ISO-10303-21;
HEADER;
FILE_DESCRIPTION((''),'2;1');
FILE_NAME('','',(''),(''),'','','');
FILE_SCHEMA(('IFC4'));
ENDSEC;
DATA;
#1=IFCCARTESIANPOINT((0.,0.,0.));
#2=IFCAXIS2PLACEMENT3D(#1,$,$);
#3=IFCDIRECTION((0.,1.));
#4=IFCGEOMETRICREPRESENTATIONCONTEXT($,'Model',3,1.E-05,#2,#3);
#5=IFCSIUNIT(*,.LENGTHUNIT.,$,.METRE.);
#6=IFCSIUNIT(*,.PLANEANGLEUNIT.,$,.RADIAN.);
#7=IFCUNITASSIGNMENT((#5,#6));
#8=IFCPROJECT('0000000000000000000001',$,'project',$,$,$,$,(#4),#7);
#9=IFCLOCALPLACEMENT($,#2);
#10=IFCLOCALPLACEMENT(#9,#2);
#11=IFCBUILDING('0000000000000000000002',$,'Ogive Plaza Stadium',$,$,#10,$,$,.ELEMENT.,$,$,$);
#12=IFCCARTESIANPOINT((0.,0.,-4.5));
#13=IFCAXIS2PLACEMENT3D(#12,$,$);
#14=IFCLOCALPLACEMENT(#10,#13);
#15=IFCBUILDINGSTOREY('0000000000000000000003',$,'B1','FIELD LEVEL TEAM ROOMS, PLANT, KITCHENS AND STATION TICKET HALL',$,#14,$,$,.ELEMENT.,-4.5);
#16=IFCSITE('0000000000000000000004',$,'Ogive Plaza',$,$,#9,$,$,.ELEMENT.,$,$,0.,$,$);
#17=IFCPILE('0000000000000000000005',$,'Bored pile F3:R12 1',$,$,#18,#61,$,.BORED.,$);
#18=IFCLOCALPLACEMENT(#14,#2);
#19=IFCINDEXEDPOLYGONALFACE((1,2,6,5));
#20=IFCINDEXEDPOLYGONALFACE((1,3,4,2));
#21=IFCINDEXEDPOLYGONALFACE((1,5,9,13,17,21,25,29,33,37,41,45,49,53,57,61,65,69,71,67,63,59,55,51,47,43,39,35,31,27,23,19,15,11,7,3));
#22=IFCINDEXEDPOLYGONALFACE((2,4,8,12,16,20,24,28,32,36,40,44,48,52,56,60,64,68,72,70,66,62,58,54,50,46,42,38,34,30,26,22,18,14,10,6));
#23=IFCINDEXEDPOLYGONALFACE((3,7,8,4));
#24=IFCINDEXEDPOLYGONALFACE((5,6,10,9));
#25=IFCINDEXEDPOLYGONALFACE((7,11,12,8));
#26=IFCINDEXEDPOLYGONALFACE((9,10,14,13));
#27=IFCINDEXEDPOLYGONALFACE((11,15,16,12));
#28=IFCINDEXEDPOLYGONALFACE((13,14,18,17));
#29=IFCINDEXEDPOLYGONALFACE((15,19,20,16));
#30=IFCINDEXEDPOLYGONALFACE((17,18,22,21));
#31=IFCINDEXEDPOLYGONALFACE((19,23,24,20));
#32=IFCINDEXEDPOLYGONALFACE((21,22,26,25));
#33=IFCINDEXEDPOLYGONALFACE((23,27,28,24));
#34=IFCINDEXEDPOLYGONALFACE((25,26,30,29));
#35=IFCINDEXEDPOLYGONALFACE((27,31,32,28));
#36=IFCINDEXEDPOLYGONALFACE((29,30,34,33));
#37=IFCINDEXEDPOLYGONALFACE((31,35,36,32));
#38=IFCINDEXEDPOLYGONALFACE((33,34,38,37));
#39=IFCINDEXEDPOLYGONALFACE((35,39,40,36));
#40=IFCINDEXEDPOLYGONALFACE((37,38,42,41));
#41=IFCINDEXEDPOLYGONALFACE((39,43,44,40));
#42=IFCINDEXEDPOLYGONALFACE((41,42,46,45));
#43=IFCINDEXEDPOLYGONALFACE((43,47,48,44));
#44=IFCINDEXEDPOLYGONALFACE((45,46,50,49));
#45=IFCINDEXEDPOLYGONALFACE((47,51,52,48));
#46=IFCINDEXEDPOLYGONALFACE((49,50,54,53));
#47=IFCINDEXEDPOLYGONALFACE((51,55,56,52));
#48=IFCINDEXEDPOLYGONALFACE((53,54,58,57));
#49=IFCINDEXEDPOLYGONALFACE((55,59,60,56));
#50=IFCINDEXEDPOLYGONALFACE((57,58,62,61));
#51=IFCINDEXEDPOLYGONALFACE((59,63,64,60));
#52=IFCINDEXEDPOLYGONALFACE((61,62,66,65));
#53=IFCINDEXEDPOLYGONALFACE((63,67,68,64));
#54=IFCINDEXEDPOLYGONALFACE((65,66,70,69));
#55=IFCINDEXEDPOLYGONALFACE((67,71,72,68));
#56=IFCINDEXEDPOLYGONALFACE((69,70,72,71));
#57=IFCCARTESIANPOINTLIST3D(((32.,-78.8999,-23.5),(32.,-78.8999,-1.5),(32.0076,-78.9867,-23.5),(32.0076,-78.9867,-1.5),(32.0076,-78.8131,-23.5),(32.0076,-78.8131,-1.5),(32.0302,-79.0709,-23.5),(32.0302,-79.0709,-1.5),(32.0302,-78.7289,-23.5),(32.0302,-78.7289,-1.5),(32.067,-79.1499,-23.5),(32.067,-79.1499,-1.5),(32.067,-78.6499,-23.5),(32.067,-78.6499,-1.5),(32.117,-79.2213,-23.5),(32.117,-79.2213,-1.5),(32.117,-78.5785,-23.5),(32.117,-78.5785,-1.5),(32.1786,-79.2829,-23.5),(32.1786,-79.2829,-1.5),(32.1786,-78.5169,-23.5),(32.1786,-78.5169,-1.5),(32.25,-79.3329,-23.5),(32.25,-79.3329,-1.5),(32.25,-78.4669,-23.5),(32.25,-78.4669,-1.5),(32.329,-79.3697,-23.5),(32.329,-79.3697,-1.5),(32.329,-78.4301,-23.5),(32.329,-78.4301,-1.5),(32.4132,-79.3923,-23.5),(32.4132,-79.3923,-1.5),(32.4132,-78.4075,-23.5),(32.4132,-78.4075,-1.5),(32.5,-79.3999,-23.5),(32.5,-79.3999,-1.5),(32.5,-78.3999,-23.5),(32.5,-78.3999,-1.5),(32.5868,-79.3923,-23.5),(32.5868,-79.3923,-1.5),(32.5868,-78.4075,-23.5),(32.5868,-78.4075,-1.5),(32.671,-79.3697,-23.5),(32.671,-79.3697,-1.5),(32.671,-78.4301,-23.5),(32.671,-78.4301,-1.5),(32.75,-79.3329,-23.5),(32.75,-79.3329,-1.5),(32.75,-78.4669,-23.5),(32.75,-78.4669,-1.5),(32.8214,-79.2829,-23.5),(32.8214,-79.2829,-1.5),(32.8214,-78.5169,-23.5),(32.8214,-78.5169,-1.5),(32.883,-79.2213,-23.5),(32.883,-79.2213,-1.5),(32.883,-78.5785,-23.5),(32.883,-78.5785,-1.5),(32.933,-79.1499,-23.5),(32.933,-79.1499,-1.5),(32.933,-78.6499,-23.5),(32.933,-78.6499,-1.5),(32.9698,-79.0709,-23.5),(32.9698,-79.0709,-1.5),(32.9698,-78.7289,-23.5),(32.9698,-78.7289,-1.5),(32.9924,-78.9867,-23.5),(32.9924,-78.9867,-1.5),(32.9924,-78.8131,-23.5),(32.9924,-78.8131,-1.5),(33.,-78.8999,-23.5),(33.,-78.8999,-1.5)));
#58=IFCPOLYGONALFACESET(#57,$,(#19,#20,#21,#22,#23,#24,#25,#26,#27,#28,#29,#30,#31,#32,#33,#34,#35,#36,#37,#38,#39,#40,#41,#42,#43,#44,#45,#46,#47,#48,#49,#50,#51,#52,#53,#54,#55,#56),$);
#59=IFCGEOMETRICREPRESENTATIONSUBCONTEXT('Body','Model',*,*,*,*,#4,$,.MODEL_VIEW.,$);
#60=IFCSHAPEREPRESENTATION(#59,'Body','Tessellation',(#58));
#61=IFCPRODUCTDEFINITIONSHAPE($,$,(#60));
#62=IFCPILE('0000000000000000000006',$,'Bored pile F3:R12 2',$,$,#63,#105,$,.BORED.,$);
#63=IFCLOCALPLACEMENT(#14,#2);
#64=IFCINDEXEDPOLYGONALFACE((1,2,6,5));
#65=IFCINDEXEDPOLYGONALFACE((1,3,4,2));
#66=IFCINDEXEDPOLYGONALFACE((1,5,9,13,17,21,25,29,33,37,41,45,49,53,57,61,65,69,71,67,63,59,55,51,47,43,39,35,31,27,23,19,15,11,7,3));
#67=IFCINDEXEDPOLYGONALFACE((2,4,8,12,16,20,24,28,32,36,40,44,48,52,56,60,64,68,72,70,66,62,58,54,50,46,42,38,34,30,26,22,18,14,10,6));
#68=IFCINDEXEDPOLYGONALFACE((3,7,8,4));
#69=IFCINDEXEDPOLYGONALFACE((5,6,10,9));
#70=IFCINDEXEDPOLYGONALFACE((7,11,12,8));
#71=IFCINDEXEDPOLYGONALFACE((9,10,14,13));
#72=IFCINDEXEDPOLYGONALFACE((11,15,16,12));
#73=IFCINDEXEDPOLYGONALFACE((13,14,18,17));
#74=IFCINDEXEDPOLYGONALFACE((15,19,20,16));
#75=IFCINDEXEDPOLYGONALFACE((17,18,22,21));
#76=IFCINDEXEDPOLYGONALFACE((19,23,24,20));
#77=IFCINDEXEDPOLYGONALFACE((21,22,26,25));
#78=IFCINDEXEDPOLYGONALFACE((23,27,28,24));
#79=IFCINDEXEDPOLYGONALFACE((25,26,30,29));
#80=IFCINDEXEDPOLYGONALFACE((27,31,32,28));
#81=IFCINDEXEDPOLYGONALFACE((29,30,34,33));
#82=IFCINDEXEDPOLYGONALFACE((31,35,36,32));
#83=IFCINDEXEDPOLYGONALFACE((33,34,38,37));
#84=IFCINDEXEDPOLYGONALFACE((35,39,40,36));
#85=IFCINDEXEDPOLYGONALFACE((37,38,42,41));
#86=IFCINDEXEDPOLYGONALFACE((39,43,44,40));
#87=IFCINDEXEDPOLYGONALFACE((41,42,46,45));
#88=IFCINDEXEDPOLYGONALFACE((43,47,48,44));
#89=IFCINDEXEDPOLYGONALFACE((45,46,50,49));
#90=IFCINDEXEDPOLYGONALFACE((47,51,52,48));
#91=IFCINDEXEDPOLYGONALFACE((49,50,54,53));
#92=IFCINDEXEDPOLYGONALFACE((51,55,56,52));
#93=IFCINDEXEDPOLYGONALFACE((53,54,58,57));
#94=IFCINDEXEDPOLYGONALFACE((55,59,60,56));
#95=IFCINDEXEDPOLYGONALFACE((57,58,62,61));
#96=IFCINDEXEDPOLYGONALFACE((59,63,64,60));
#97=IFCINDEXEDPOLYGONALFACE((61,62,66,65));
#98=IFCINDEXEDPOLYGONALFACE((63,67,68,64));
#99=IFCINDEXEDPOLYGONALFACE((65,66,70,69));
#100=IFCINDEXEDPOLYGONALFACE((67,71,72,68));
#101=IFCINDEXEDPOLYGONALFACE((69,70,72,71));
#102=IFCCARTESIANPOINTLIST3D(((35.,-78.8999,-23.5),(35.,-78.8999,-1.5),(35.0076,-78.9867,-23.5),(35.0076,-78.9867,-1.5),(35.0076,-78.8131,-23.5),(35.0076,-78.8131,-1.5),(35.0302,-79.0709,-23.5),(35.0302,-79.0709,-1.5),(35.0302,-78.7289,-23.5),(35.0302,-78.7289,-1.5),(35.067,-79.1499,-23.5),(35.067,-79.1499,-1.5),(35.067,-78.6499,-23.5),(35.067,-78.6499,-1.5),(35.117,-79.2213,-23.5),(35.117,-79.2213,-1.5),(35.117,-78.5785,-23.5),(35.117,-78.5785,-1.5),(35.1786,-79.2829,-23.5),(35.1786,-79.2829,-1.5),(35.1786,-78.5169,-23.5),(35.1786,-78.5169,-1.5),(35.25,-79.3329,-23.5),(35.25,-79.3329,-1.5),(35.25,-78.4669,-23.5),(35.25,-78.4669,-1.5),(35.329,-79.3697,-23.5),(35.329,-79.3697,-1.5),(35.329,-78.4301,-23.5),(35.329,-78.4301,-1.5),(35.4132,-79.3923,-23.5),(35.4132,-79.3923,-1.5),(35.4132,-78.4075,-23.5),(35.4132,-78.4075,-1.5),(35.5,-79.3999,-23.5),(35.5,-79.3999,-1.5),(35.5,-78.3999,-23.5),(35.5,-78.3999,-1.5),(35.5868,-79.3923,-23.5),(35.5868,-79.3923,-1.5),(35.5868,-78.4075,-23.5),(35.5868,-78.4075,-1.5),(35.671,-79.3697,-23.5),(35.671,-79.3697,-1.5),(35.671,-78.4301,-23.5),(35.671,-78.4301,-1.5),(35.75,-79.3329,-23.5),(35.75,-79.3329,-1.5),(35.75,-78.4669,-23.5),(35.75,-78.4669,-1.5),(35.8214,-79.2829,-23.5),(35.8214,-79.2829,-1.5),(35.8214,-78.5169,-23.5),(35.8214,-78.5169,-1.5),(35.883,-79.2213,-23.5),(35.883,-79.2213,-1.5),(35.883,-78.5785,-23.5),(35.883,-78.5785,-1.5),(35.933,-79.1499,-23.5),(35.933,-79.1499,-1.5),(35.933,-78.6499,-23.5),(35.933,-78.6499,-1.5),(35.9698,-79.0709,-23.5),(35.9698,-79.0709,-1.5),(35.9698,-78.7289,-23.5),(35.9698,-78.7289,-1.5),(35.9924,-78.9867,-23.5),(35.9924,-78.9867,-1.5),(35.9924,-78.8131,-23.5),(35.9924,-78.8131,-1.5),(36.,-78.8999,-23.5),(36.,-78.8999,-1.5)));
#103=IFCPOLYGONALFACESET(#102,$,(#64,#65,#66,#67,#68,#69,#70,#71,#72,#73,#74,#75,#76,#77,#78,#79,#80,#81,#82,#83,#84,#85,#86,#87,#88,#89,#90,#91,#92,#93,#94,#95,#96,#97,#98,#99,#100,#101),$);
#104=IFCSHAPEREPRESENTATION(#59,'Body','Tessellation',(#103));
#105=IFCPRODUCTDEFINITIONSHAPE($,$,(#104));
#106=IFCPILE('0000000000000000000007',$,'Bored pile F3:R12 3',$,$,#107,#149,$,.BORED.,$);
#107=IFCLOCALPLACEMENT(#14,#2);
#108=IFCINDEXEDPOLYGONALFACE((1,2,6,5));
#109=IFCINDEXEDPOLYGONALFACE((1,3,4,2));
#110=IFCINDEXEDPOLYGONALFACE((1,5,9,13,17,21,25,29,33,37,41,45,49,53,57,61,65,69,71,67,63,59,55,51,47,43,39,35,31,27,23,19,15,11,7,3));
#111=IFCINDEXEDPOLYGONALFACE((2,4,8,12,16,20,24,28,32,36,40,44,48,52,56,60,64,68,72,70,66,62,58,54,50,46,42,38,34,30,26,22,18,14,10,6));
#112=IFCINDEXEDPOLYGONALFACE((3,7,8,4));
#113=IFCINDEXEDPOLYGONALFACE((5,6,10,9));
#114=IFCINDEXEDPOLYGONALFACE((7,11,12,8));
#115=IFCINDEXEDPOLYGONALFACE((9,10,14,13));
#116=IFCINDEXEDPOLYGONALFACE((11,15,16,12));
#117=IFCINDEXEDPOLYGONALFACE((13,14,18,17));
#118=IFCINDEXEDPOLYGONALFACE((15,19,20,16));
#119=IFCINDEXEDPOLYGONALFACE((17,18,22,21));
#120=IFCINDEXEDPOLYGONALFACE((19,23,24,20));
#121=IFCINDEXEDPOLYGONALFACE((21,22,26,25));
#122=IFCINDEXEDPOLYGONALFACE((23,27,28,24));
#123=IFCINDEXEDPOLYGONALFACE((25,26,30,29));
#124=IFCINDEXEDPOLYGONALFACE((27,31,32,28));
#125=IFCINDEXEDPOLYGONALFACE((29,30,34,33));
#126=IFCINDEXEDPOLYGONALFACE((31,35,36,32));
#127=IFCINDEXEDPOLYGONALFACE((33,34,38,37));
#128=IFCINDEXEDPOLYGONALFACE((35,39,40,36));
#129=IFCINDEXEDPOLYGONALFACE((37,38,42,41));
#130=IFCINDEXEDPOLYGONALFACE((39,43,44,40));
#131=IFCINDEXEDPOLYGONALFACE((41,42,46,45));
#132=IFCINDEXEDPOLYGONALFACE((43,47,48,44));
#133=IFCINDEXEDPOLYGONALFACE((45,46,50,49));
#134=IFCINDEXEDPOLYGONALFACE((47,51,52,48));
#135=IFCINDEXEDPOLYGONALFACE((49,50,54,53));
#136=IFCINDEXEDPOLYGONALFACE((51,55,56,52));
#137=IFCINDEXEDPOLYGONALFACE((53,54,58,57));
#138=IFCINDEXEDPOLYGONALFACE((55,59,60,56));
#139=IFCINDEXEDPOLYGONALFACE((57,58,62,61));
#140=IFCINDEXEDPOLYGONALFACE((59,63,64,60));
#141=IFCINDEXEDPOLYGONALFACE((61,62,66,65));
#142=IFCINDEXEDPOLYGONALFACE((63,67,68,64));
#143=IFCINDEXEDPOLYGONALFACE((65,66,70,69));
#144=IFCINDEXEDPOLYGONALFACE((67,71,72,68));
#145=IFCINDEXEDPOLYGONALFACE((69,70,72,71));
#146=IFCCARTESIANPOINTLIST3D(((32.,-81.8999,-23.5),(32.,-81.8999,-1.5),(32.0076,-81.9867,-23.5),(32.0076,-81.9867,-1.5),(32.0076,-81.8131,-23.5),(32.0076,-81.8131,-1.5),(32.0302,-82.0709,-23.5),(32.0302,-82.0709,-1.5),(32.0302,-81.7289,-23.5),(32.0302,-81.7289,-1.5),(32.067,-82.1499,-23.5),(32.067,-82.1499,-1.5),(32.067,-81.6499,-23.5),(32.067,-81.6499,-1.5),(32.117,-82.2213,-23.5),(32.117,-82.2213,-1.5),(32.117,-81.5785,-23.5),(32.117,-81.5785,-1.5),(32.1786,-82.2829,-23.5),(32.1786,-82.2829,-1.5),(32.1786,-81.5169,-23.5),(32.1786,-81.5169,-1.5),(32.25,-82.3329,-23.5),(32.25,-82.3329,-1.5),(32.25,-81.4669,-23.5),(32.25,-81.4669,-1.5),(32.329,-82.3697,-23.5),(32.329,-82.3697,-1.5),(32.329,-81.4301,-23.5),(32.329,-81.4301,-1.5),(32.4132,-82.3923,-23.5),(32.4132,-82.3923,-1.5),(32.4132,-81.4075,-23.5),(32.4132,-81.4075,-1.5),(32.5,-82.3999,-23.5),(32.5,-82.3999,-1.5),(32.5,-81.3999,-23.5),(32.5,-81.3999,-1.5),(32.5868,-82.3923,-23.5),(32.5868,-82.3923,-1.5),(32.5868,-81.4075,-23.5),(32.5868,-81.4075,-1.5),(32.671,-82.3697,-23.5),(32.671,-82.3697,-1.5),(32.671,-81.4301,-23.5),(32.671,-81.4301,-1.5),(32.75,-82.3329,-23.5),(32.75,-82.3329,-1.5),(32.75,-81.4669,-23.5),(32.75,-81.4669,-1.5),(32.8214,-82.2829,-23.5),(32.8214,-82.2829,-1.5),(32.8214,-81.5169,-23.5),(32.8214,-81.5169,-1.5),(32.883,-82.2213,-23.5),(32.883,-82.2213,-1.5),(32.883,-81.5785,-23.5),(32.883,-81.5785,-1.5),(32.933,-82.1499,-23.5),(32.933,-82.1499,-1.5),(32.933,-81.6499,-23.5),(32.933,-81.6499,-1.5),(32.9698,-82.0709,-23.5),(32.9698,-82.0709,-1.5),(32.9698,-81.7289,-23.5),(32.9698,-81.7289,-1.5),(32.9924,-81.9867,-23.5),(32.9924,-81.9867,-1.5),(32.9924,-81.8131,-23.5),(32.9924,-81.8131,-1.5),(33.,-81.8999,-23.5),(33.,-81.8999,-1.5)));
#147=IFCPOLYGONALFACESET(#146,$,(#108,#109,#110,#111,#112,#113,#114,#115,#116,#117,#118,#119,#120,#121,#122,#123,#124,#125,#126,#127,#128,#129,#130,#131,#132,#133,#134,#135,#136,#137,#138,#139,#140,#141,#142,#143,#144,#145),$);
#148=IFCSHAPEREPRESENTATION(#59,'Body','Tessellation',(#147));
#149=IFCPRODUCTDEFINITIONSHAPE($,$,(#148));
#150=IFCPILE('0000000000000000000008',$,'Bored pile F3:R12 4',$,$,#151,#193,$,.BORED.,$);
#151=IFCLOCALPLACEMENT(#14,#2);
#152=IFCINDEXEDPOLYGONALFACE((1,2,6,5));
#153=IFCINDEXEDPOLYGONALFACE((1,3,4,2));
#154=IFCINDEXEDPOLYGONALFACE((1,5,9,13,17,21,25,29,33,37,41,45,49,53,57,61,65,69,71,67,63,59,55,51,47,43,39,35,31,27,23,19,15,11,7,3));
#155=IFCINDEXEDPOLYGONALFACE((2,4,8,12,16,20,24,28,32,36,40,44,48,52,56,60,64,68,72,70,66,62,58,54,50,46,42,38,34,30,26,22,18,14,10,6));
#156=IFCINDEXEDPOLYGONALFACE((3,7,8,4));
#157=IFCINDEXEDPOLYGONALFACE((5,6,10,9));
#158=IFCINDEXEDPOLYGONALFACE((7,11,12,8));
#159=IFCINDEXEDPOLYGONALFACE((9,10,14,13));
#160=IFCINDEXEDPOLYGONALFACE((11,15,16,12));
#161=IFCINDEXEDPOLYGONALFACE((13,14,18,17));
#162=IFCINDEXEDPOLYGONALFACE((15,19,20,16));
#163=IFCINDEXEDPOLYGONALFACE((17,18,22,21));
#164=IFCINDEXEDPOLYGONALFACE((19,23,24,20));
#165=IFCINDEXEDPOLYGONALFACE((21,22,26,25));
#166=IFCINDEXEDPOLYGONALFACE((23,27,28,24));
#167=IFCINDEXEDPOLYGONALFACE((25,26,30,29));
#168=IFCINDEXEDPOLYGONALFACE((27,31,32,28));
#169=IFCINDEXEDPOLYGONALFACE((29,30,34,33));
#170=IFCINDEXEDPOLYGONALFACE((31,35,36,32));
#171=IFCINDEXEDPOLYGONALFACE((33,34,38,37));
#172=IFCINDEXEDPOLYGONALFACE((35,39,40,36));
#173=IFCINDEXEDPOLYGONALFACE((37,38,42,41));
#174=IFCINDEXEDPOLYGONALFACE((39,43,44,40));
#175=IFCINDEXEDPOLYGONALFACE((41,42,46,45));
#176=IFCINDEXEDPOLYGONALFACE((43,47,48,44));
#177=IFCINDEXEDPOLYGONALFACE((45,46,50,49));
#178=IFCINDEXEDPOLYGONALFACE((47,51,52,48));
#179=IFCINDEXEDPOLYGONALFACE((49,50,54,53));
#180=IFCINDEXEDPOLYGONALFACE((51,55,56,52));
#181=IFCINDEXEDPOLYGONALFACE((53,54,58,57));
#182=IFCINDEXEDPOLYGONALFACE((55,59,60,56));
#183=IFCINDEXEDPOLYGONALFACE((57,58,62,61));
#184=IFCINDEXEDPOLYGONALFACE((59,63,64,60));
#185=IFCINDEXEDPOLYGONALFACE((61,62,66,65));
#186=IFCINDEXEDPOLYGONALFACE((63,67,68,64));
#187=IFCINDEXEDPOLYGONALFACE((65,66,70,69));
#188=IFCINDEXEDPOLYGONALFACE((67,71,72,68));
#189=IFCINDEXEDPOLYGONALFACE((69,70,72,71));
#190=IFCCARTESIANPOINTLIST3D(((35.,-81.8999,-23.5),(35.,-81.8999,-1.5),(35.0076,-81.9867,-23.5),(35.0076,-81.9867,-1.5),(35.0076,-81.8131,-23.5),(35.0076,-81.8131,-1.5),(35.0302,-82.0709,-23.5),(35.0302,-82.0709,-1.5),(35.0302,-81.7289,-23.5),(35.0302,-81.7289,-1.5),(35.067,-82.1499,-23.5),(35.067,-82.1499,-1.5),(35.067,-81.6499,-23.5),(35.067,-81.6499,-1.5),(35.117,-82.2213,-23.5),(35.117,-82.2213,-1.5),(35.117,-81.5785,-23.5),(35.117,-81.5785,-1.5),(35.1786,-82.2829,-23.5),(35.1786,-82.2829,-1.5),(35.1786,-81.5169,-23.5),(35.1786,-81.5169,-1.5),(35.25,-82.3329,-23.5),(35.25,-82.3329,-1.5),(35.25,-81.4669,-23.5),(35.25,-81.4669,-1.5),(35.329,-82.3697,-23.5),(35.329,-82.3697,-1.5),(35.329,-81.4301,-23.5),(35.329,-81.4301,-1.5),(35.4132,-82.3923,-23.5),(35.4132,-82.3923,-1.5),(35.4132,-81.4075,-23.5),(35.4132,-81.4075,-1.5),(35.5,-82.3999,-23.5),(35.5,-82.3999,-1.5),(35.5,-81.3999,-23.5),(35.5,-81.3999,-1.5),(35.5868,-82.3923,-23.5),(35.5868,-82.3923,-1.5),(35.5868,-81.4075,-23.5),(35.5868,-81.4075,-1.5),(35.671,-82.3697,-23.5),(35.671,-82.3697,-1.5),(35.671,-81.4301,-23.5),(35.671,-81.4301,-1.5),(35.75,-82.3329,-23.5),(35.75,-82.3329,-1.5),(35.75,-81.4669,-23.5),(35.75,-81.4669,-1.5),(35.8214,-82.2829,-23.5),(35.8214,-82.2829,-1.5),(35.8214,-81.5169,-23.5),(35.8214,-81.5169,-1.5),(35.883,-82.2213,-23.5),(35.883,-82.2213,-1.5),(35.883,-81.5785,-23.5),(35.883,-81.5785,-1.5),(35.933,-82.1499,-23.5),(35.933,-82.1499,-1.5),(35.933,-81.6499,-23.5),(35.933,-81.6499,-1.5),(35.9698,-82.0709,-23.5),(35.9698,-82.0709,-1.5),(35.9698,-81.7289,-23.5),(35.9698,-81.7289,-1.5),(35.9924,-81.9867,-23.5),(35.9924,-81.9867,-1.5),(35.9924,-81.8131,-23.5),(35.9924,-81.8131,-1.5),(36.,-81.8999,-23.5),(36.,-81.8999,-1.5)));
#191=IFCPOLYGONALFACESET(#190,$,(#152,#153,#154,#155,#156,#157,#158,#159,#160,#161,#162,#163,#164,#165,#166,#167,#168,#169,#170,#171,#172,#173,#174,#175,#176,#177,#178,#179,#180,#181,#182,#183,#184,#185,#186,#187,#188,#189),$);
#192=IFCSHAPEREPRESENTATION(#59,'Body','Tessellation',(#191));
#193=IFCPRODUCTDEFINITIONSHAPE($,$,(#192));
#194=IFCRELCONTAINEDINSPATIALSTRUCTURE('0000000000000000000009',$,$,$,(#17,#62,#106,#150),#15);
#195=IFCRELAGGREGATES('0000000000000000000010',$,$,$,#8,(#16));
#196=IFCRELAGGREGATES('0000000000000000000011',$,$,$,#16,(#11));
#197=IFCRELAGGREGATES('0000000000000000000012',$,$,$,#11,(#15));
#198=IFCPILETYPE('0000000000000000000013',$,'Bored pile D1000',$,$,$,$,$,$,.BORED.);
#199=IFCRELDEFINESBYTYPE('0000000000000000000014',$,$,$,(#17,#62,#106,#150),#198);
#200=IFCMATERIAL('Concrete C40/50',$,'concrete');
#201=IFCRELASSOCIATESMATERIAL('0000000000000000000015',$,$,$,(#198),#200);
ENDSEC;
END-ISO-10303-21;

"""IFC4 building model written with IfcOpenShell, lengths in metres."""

from ifc_helpers import new_model, si_unit, direction, frame, origin, origin_2d, place, context, subcontext, project, spatial, circle, extrude, material, material_profile, profile_set, type_object, element, save


model = new_model("IFC4")

# Units and contexts
model_context = context("Model", 3, precision=1e-05, world=origin(), true_north=direction((0.0, 1.0)))
body_context = subcontext(model_context, "Body", "Model", "MODEL_VIEW")
ifc_project = project(units=[si_unit("LENGTHUNIT", "METRE"), si_unit("PLANEANGLEUNIT", "RADIAN")], contexts=[model_context])

# Site, building, storey
site_placement = place(None, origin())
site = spatial("IfcSite", under=ifc_project, at=site_placement, Name="Ogive Plaza", CompositionType="ELEMENT", RefElevation=0.0)
building_placement = place(site_placement, origin())
building = spatial("IfcBuilding", under=site, at=building_placement, Name="Ogive Plaza Stadium", CompositionType="ELEMENT")
storey_placement = place(building_placement, frame((0.0, 0.0, -4.5)))
storey = spatial("IfcBuildingStorey", under=building, at=storey_placement, Name="B1", Description="FIELD LEVEL TEAM ROOMS, PLANT, KITCHENS AND STATION TICKET HALL", CompositionType="ELEMENT", Elevation=-4.5)

# Piles
ifc_material_1 = material(Name="Concrete C40/50", Category="concrete")
ifc_material_profile_1 = material_profile(ifc_material_1, circle(Radius=0.5, at=origin_2d()), Name="RC D1000")
ifc_profile_set_1 = profile_set([ifc_material_profile_1], Name="Concrete C40/50")
pile_type_1 = type_object("IfcPileType", Name="Bored pile D1000", PredefinedType="BORED", material=ifc_profile_set_1)
for number, where, z_axis, x_axis, name in (
    (1, (32.5, -78.8999, -1.5), (0.0, 0.0, -1.0), (1.0, 0.0, 0.0), "Bored pile F3:R12 1"),
    (2, (35.5, -78.8999, -1.5), (0.0, 0.0, -1.0), (1.0, 0.0, 0.0), "Bored pile F3:R12 2"),
    (3, (32.5, -81.8999, -1.5), (0.0, 0.0, -1.0), (1.0, 0.0, 0.0), "Bored pile F3:R12 3"),
    (4, (35.5, -81.8999, -1.5), (0.0, 0.0, -1.0), (1.0, 0.0, 0.0), "Bored pile F3:R12 4"),
):
    element("IfcPile", number, at=place(storey_placement, frame(where, z_axis=z_axis, x_axis=x_axis)), inside=storey, type_object=pile_type_1, Name=name, PredefinedType="BORED", context=body_context, shape_type="SweptSolid", body=[
        extrude(circle(Radius=0.5, at=origin_2d()), origin(), (0.0, 0.0, 1.0), 22.0),
    ])

save(model, "model.ifc")
